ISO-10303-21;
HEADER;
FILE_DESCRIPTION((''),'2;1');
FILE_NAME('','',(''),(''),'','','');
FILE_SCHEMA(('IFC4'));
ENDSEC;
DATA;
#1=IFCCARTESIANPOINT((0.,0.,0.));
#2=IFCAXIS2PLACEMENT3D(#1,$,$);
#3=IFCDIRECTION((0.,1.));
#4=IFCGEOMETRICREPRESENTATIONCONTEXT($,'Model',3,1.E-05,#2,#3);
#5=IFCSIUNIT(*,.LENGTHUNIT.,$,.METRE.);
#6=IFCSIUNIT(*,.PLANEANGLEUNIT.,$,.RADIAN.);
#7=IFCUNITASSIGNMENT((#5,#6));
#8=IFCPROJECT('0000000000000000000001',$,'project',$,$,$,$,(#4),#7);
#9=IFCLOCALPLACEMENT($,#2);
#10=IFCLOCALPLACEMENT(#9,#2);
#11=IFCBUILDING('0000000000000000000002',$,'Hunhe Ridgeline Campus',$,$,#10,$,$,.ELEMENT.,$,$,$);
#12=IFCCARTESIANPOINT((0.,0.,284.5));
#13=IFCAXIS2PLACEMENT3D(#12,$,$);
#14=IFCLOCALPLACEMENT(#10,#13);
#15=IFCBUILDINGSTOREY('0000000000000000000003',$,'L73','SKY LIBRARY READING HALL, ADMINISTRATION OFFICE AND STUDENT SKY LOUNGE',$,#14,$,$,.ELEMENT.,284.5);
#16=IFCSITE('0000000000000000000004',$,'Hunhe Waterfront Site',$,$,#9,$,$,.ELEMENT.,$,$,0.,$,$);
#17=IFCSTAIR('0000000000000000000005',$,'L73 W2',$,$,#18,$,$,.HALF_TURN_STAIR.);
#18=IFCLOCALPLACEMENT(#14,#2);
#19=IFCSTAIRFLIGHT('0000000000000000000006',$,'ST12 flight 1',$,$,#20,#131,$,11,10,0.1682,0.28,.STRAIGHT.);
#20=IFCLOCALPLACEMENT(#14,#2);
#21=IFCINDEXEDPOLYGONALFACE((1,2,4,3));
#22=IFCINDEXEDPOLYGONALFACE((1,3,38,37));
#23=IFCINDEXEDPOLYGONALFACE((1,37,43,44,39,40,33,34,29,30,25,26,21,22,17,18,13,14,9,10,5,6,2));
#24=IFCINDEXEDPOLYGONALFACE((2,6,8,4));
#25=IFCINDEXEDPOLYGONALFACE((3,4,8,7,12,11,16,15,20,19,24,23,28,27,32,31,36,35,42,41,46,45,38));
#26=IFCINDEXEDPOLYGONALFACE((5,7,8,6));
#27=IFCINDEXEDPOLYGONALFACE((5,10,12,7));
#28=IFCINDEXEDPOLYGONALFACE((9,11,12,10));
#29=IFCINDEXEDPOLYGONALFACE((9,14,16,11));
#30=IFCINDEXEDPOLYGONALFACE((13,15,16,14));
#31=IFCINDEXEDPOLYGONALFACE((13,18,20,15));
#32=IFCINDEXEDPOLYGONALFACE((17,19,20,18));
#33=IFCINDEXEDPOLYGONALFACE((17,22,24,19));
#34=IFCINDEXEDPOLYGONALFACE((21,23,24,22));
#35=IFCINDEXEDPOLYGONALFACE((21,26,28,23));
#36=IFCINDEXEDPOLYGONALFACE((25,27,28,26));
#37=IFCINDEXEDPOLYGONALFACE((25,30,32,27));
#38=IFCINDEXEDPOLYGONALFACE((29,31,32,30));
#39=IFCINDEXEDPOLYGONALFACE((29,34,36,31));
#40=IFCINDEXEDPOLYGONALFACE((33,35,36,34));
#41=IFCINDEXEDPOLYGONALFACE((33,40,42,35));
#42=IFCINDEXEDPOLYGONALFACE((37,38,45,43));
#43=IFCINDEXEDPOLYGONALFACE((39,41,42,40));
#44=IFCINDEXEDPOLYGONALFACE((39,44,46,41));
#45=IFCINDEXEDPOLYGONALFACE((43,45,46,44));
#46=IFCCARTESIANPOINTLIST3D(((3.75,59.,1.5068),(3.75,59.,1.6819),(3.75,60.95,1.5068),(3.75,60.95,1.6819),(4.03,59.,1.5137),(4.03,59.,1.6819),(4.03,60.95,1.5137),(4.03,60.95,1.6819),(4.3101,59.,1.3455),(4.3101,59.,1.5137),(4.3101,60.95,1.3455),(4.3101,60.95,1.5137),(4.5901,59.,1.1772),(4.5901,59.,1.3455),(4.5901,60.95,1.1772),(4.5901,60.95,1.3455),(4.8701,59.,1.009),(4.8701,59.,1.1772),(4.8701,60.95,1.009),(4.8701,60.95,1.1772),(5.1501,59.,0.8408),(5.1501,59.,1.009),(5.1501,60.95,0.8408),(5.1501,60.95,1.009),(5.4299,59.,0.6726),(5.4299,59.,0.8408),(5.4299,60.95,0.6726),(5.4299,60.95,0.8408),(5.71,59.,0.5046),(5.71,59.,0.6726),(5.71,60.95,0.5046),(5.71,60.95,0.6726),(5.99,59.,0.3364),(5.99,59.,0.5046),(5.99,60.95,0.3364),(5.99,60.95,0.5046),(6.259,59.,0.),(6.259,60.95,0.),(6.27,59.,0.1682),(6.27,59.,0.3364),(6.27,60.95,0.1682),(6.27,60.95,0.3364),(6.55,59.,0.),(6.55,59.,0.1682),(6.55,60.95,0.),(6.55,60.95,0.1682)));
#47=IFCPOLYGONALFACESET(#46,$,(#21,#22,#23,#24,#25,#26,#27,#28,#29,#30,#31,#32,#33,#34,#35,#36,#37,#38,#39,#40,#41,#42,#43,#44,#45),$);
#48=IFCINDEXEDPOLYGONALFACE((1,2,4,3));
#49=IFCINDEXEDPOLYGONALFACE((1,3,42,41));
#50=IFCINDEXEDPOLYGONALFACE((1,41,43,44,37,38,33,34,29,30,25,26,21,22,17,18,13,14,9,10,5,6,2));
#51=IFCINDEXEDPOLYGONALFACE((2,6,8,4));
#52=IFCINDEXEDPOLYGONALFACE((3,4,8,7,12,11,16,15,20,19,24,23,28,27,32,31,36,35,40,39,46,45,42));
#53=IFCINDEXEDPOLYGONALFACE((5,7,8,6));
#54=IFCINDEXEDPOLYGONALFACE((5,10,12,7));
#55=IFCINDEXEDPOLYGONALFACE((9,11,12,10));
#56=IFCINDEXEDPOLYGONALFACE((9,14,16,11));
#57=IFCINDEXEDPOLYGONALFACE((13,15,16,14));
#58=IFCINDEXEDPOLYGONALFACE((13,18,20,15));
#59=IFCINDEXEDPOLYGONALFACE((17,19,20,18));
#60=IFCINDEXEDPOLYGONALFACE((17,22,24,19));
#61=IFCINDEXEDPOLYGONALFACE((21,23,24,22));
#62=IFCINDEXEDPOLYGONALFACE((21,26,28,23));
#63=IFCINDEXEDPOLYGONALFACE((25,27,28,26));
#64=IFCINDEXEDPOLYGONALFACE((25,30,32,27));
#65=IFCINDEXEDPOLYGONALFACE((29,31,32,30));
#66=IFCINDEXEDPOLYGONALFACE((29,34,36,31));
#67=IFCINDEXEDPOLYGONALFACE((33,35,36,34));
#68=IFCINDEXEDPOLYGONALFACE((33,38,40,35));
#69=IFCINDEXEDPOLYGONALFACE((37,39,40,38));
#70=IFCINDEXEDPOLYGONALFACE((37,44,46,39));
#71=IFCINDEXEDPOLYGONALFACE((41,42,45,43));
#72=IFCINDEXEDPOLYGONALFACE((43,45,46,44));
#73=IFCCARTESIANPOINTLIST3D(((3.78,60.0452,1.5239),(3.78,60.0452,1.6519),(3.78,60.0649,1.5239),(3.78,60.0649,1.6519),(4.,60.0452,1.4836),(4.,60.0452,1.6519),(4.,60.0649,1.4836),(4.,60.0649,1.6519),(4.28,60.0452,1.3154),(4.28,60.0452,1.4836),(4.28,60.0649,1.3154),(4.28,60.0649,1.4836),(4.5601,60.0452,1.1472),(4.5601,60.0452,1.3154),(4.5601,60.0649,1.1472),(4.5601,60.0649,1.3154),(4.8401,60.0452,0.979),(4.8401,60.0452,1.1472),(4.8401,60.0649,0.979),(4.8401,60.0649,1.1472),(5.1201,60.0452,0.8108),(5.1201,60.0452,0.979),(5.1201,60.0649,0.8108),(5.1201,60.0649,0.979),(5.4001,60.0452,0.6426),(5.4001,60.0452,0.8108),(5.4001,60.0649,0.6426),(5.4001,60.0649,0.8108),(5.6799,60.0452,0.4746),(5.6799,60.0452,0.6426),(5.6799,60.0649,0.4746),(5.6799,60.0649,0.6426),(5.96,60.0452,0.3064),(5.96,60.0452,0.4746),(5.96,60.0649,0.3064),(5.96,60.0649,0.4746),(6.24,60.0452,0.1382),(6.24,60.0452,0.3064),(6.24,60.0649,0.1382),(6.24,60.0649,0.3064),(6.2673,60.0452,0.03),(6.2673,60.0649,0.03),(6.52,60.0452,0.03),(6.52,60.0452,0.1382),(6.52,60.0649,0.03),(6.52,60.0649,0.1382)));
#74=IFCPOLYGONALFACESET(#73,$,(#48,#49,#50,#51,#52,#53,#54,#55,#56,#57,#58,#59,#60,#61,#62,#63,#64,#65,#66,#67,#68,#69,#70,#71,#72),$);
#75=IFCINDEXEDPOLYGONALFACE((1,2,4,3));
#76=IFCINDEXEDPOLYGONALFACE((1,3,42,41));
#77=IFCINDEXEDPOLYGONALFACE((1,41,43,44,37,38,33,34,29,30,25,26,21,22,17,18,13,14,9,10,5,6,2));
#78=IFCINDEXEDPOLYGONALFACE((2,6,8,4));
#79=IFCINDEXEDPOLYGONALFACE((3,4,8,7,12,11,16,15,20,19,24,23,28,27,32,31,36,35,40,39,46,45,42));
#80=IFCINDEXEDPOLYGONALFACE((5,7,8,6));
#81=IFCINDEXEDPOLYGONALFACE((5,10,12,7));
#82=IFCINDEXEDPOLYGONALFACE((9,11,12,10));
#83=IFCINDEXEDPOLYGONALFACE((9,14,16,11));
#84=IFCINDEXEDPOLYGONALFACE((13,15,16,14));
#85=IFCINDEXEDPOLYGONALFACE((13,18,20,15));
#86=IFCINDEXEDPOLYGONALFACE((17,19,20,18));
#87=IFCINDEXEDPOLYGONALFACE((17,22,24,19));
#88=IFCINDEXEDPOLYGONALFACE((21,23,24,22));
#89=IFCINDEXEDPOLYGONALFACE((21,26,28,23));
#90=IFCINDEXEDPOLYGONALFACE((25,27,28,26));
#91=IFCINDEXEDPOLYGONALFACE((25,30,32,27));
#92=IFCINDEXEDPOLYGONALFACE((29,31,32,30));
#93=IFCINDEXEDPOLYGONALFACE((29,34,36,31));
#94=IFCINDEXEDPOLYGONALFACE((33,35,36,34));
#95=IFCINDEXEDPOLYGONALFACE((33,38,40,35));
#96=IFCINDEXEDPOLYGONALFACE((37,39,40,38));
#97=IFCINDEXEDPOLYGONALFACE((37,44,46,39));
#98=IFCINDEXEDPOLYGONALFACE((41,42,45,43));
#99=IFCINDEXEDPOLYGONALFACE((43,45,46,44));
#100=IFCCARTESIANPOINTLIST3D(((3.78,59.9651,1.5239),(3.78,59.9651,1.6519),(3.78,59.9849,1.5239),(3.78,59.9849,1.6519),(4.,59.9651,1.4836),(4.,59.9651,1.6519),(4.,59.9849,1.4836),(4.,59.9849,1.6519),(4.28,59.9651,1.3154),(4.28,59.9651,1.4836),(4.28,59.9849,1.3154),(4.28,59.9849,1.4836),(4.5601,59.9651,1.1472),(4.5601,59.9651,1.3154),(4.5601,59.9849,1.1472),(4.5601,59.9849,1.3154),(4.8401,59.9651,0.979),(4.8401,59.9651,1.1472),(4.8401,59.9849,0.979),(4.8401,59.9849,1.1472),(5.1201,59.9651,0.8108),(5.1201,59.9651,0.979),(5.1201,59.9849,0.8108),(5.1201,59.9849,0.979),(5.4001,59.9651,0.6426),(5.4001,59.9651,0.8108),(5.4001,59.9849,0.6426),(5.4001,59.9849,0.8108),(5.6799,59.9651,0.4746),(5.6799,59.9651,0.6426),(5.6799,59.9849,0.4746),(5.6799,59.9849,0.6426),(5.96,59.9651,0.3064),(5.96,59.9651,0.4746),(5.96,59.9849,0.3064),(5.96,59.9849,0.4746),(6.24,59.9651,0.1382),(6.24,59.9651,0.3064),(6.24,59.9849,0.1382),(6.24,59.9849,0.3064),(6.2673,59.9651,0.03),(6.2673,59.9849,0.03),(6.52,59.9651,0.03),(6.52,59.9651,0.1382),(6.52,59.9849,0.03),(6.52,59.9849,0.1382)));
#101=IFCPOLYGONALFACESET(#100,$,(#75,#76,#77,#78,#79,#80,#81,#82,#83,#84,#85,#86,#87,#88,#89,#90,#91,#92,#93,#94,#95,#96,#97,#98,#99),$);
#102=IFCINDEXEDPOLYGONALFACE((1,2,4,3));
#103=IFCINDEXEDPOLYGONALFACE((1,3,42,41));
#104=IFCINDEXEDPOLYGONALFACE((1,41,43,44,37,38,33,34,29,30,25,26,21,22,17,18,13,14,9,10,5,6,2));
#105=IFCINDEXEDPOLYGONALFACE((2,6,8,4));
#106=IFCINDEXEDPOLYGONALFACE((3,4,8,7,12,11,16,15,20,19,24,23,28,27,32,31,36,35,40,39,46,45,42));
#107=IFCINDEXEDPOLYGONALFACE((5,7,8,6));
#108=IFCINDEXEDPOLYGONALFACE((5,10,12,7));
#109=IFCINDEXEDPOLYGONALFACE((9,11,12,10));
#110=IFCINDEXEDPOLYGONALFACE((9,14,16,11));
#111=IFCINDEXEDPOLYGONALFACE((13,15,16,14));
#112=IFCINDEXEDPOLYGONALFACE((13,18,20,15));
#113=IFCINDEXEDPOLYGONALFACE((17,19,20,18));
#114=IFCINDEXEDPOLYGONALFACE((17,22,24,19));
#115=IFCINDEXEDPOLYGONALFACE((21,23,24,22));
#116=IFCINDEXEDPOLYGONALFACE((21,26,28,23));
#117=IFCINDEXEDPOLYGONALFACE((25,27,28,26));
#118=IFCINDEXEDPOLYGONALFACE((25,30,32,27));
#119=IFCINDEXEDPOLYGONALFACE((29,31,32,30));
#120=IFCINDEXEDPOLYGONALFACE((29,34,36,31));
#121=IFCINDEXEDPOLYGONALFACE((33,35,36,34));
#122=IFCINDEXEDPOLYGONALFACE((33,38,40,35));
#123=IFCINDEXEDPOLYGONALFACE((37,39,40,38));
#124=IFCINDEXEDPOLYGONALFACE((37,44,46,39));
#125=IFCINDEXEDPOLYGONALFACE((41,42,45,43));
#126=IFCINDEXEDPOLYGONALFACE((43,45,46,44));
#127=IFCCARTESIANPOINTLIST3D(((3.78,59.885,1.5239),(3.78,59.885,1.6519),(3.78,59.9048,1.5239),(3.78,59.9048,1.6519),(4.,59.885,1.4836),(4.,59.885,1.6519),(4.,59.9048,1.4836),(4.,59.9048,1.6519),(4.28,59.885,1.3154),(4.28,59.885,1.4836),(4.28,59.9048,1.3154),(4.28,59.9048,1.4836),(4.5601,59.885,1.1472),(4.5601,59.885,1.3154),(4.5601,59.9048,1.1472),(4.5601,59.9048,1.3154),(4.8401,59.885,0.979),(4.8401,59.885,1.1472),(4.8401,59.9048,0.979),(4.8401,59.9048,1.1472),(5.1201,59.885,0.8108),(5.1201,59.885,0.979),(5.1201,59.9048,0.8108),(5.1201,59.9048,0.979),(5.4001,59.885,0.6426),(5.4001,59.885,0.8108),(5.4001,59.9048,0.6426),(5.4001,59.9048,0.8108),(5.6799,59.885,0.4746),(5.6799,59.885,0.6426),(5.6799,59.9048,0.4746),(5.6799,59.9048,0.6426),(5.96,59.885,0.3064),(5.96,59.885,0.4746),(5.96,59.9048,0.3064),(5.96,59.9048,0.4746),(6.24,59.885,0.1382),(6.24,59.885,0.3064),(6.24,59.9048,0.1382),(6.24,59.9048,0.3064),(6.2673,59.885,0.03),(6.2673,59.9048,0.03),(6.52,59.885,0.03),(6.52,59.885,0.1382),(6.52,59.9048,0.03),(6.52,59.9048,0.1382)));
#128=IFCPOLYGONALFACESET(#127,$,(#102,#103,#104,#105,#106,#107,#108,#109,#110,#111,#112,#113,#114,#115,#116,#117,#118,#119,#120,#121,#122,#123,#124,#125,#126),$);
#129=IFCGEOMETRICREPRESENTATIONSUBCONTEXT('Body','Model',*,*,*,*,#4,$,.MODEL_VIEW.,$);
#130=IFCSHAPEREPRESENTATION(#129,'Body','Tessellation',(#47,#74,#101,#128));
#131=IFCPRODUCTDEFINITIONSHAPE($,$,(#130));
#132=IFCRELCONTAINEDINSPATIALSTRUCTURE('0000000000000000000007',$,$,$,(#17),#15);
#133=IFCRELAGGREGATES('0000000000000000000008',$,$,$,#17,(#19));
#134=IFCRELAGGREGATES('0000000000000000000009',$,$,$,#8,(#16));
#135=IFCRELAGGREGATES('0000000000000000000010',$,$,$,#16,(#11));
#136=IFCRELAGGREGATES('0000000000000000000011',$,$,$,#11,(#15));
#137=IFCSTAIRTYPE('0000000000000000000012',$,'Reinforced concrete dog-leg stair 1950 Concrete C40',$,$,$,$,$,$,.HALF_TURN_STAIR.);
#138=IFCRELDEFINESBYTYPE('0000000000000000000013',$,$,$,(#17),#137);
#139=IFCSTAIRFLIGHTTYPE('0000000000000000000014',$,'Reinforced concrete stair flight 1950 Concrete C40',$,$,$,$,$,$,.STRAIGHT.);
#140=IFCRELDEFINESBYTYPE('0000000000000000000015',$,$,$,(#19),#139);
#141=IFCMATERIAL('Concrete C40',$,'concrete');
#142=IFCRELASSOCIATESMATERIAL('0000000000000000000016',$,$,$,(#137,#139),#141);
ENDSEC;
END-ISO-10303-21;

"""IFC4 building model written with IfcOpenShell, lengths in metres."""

from ifc_helpers import new_model, si_unit, direction, frame, origin, place, context, subcontext, project, spatial, polyline, outline, extrude, material, type_object, element, aggregate, save


model = new_model("IFC4")

# Units and contexts
model_context = context("Model", 3, precision=1e-05, world=origin(), true_north=direction((0.0, 1.0)))
body_context = subcontext(model_context, "Body", "Model", "MODEL_VIEW")
ifc_project = project(units=[si_unit("LENGTHUNIT", "METRE"), si_unit("PLANEANGLEUNIT", "RADIAN")], contexts=[model_context])

# Site, building, storey
site_placement = place(None, origin())
site = spatial("IfcSite", under=ifc_project, at=site_placement, Name="Hunhe Waterfront Site", CompositionType="ELEMENT", RefElevation=0.0)
building_placement = place(site_placement, origin())
building = spatial("IfcBuilding", under=site, at=building_placement, Name="Hunhe Ridgeline Campus", CompositionType="ELEMENT")
storey_placement = place(building_placement, frame((0.0, 0.0, 284.5)))
storey = spatial("IfcBuildingStorey", under=building, at=storey_placement, Name="L73", Description="SKY LIBRARY READING HALL, ADMINISTRATION OFFICE AND STUDENT SKY LOUNGE", CompositionType="ELEMENT", Elevation=284.5)

# Shared definitions
ifc_material_1 = material(Name="Concrete C40", Category="concrete")
stair_type = type_object("IfcStairType", Name="Reinforced concrete dog-leg stair 1950 Concrete C40", PredefinedType="HALF_TURN_STAIR", material=ifc_material_1)
stair_flight_type = type_object("IfcStairFlightType", Name="Reinforced concrete stair flight 1950 Concrete C40", PredefinedType="STRAIGHT", material=ifc_material_1)

# Stair, stair flight
stair_1_placement = place(storey_placement, origin())
stair_1 = element("IfcStair", 1, at=stair_1_placement, inside=storey, type_object=stair_type, Name="L73 W2", PredefinedType="HALF_TURN_STAIR")
stair_flight_1_placement = place(storey_placement, frame((6.55, 59.9751, 0.0), z_axis=(0.0, 0.0, 1.0), x_axis=(-1.0, 0.0, 0.0)))
stair_flight_1 = element("IfcStairFlight", 2, at=stair_flight_1_placement, type_object=stair_flight_type, Name="ST12 flight 1", NumberOfRisers=11, NumberOfTreads=10, PredefinedType="STRAIGHT", RiserHeight=0.1682, TreadLength=0.28, context=body_context, shape_type="SweptSolid", body=[
    extrude(outline(polyline([(0.0, 0.0), (0.0, 0.1682), (0.28, 0.1682), (0.28, 0.3364), (0.5601, 0.3364), (0.5601, 0.5046), (0.8401, 0.5046), (0.8401, 0.6726), (1.1201, 0.6726), (1.1201, 0.8408), (1.3999, 0.8408), (1.3999, 1.009), (1.6799, 1.009), (1.6799, 1.1772), (1.96, 1.1772), (1.96, 1.3455), (2.24, 1.3455), (2.24, 1.5137), (2.52, 1.5137), (2.52, 1.6819), (2.8, 1.6819), (2.8, 1.8501), (2.8, 1.5068), (0.291, 0.0), (0.0, 0.0)])), frame((0.0, 0.9751, 0.0), z_axis=(0.0, -1.0, 0.0), x_axis=(1.0, 0.0, 0.0)), (0.0, 0.0, 1.0), 1.95),
    extrude(outline(polyline([(0.03, 0.03), (0.03, 0.1382), (0.3101, 0.1382), (0.3101, 0.3064), (0.5901, 0.3064), (0.5901, 0.4746), (0.8701, 0.4746), (0.8701, 0.6426), (1.1499, 0.6426), (1.1499, 0.8108), (1.4299, 0.8108), (1.4299, 0.979), (1.71, 0.979), (1.71, 1.1472), (1.99, 1.1472), (1.99, 1.3154), (2.27, 1.3154), (2.27, 1.4836), (2.55, 1.4836), (2.55, 1.6519), (2.77, 1.6519), (2.77, 1.5239), (0.2827, 0.03), (0.03, 0.03)])), frame((0.0, -0.0701, 0.0), z_axis=(0.0, -1.0, 0.0), x_axis=(1.0, 0.0, 0.0)), (0.0, 0.0, 1.0), 0.0198),
    extrude(outline(polyline([(0.03, 0.03), (0.03, 0.1382), (0.3101, 0.1382), (0.3101, 0.3064), (0.5901, 0.3064), (0.5901, 0.4746), (0.8701, 0.4746), (0.8701, 0.6426), (1.1499, 0.6426), (1.1499, 0.8108), (1.4299, 0.8108), (1.4299, 0.979), (1.71, 0.979), (1.71, 1.1472), (1.99, 1.1472), (1.99, 1.3154), (2.27, 1.3154), (2.27, 1.4836), (2.55, 1.4836), (2.55, 1.6519), (2.77, 1.6519), (2.77, 1.5239), (0.2827, 0.03), (0.03, 0.03)])), frame((0.0, 0.01, 0.0), z_axis=(0.0, -1.0, 0.0), x_axis=(1.0, 0.0, 0.0)), (0.0, 0.0, 1.0), 0.0198),
    extrude(outline(polyline([(0.03, 0.03), (0.03, 0.1382), (0.3101, 0.1382), (0.3101, 0.3064), (0.5901, 0.3064), (0.5901, 0.4746), (0.8701, 0.4746), (0.8701, 0.6426), (1.1499, 0.6426), (1.1499, 0.8108), (1.4299, 0.8108), (1.4299, 0.979), (1.71, 0.979), (1.71, 1.1472), (1.99, 1.1472), (1.99, 1.3154), (2.27, 1.3154), (2.27, 1.4836), (2.55, 1.4836), (2.55, 1.6519), (2.77, 1.6519), (2.77, 1.5239), (0.2827, 0.03), (0.03, 0.03)])), frame((0.0, 0.0901, 0.0), z_axis=(0.0, -1.0, 0.0), x_axis=(1.0, 0.0, 0.0)), (0.0, 0.0, 1.0), 0.0198),
])
aggregate(stair_1, [stair_flight_1])

save(model, "model.ifc")
